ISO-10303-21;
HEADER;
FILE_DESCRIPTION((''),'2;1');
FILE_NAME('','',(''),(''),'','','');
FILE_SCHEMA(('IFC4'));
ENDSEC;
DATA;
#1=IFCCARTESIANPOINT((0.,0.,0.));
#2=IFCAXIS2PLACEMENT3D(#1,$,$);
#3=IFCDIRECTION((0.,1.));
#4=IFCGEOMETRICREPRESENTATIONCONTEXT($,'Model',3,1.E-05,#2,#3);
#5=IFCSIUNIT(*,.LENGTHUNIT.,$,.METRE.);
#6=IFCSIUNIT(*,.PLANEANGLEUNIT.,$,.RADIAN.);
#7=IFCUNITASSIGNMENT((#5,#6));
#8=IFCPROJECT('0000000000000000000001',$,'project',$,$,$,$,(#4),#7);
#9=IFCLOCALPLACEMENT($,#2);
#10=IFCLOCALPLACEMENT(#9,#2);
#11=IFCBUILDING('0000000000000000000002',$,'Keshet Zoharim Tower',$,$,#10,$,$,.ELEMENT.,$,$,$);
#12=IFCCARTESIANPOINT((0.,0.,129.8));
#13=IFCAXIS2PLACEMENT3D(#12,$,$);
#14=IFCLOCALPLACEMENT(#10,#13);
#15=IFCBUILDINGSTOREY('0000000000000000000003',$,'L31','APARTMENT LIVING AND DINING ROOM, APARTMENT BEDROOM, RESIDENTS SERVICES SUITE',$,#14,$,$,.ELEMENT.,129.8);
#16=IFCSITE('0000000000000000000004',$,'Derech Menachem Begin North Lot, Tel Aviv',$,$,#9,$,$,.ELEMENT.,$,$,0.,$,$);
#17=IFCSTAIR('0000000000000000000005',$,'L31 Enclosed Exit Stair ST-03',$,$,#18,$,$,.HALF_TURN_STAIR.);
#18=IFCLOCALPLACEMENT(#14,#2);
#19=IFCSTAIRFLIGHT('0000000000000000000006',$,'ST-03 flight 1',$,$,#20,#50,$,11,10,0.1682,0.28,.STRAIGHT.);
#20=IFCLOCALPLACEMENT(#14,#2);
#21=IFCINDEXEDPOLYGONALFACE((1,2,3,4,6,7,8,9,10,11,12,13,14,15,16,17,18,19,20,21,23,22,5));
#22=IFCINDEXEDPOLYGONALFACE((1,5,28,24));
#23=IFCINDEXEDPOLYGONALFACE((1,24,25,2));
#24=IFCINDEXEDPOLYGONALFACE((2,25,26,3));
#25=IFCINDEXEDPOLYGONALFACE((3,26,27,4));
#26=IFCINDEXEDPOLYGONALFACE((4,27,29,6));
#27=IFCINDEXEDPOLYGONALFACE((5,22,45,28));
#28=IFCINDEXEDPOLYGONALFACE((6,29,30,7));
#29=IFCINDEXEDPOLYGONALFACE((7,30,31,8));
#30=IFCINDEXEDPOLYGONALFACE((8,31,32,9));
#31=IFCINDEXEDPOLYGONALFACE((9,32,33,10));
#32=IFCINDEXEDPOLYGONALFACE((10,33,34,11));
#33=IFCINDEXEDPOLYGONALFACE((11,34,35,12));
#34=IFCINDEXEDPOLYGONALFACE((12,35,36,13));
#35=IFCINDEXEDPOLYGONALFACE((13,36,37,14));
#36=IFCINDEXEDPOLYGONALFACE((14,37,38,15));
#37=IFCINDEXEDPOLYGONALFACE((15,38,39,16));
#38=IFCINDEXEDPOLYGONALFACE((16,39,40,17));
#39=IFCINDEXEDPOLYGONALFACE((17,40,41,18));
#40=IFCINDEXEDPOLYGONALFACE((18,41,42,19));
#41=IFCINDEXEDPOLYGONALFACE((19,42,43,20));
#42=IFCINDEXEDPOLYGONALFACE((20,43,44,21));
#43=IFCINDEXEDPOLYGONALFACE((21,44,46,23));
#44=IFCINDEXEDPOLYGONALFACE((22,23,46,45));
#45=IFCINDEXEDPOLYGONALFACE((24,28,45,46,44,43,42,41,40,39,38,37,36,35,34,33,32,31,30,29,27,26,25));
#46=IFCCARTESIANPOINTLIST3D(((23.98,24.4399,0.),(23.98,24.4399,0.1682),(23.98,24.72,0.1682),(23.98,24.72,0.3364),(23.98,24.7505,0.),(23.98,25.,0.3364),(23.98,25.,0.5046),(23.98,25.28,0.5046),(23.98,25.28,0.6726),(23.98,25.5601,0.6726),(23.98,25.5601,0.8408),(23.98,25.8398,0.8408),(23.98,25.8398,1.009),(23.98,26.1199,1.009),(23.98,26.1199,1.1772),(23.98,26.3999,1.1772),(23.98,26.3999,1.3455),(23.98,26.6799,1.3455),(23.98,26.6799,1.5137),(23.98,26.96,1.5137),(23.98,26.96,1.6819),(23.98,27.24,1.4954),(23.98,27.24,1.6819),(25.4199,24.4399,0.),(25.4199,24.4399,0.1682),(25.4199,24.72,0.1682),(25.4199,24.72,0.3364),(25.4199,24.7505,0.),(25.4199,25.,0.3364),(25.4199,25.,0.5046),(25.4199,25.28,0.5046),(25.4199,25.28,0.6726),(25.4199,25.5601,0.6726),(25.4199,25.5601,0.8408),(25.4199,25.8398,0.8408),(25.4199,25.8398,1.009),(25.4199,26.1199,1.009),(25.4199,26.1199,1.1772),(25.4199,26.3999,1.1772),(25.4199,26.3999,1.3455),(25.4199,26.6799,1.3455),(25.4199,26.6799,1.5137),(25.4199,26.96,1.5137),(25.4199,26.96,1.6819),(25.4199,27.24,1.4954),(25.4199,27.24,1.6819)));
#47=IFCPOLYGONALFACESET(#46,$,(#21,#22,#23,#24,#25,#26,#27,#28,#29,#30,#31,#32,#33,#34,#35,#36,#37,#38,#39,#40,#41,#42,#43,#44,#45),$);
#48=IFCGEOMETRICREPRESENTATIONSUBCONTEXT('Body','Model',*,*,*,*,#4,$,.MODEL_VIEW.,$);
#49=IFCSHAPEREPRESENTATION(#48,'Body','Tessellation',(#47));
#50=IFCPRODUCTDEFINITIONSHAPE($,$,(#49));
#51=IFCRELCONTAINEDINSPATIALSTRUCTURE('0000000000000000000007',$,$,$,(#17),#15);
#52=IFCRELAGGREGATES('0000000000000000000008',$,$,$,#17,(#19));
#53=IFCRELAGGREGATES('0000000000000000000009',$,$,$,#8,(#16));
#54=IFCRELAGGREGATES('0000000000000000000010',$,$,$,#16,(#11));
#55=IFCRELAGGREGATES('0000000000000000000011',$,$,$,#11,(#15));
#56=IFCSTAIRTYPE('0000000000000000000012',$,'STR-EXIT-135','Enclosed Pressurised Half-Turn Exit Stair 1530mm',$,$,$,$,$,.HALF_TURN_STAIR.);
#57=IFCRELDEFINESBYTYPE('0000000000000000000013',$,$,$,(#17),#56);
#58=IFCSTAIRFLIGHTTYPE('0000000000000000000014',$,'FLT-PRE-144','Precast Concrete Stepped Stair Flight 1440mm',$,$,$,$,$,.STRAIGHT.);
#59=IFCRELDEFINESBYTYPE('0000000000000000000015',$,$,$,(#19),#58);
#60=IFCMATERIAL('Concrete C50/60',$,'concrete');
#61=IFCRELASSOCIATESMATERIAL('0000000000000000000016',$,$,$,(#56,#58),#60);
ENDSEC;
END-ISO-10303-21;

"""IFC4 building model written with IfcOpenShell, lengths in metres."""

from ifc_helpers import new_model, si_unit, direction, frame, origin, place, context, subcontext, project, spatial, polyline, outline, extrude, material, type_object, element, aggregate, save


model = new_model("IFC4")

# Units and contexts
model_context = context("Model", 3, precision=1e-05, world=origin(), true_north=direction((0.0, 1.0)))
body_context = subcontext(model_context, "Body", "Model", "MODEL_VIEW")
ifc_project = project(units=[si_unit("LENGTHUNIT", "METRE"), si_unit("PLANEANGLEUNIT", "RADIAN")], contexts=[model_context])

# Site, building, storey
site_placement = place(None, origin())
site = spatial("IfcSite", under=ifc_project, at=site_placement, Name="Derech Menachem Begin North Lot, Tel Aviv", CompositionType="ELEMENT", RefElevation=0.0)
building_placement = place(site_placement, origin())
building = spatial("IfcBuilding", under=site, at=building_placement, Name="Keshet Zoharim Tower", CompositionType="ELEMENT")
storey_placement = place(building_placement, frame((0.0, 0.0, 129.8)))
storey = spatial("IfcBuildingStorey", under=building, at=storey_placement, Name="L31", Description="APARTMENT LIVING AND DINING ROOM, APARTMENT BEDROOM, RESIDENTS SERVICES SUITE", CompositionType="ELEMENT", Elevation=129.8)

# Shared definitions
ifc_material_1 = material(Name="Concrete C50/60", Category="concrete")

# Stair, stair flight
stair_type = type_object("IfcStairType", Name="STR-EXIT-135", Description="Enclosed Pressurised Half-Turn Exit Stair 1530mm", PredefinedType="HALF_TURN_STAIR", material=ifc_material_1)
stair_placement = place(storey_placement, origin())
stair = element("IfcStair", 1, at=stair_placement, inside=storey, type_object=stair_type, Name="L31 Enclosed Exit Stair ST-03", PredefinedType="HALF_TURN_STAIR")
stair_flight_type = type_object("IfcStairFlightType", Name="FLT-PRE-144", Description="Precast Concrete Stepped Stair Flight 1440mm", PredefinedType="STRAIGHT", material=ifc_material_1)
stair_flight_placement = place(storey_placement, frame((24.7, 24.4399, 0.0), z_axis=(0.0, 0.0, 1.0), x_axis=(0.0, 1.0, 0.0)))
stair_flight = element("IfcStairFlight", 2, at=stair_flight_placement, type_object=stair_flight_type, Name="ST-03 flight 1", NumberOfRisers=11, NumberOfTreads=10, PredefinedType="STRAIGHT", RiserHeight=0.1682, TreadLength=0.28, context=body_context, shape_type="SweptSolid", body=[
    extrude(outline(polyline([(0.0, 0.0), (0.0, 0.1682), (0.28, 0.1682), (0.28, 0.3364), (0.5601, 0.3364), (0.5601, 0.5046), (0.8401, 0.5046), (0.8401, 0.6726), (1.1201, 0.6726), (1.1201, 0.8408), (1.3999, 0.8408), (1.3999, 1.009), (1.6799, 1.009), (1.6799, 1.1772), (1.96, 1.1772), (1.96, 1.3455), (2.24, 1.3455), (2.24, 1.5137), (2.52, 1.5137), (2.52, 1.6819), (2.8, 1.6819), (2.8, 1.8501), (2.8, 1.4954), (0.3105, 0.0), (0.0, 0.0)])), frame((0.0, 0.72, 0.0), z_axis=(0.0, -1.0, 0.0), x_axis=(1.0, 0.0, 0.0)), (0.0, 0.0, 1.0), 1.4399),
])
aggregate(stair, [stair_flight])

save(model, "model.ifc")
